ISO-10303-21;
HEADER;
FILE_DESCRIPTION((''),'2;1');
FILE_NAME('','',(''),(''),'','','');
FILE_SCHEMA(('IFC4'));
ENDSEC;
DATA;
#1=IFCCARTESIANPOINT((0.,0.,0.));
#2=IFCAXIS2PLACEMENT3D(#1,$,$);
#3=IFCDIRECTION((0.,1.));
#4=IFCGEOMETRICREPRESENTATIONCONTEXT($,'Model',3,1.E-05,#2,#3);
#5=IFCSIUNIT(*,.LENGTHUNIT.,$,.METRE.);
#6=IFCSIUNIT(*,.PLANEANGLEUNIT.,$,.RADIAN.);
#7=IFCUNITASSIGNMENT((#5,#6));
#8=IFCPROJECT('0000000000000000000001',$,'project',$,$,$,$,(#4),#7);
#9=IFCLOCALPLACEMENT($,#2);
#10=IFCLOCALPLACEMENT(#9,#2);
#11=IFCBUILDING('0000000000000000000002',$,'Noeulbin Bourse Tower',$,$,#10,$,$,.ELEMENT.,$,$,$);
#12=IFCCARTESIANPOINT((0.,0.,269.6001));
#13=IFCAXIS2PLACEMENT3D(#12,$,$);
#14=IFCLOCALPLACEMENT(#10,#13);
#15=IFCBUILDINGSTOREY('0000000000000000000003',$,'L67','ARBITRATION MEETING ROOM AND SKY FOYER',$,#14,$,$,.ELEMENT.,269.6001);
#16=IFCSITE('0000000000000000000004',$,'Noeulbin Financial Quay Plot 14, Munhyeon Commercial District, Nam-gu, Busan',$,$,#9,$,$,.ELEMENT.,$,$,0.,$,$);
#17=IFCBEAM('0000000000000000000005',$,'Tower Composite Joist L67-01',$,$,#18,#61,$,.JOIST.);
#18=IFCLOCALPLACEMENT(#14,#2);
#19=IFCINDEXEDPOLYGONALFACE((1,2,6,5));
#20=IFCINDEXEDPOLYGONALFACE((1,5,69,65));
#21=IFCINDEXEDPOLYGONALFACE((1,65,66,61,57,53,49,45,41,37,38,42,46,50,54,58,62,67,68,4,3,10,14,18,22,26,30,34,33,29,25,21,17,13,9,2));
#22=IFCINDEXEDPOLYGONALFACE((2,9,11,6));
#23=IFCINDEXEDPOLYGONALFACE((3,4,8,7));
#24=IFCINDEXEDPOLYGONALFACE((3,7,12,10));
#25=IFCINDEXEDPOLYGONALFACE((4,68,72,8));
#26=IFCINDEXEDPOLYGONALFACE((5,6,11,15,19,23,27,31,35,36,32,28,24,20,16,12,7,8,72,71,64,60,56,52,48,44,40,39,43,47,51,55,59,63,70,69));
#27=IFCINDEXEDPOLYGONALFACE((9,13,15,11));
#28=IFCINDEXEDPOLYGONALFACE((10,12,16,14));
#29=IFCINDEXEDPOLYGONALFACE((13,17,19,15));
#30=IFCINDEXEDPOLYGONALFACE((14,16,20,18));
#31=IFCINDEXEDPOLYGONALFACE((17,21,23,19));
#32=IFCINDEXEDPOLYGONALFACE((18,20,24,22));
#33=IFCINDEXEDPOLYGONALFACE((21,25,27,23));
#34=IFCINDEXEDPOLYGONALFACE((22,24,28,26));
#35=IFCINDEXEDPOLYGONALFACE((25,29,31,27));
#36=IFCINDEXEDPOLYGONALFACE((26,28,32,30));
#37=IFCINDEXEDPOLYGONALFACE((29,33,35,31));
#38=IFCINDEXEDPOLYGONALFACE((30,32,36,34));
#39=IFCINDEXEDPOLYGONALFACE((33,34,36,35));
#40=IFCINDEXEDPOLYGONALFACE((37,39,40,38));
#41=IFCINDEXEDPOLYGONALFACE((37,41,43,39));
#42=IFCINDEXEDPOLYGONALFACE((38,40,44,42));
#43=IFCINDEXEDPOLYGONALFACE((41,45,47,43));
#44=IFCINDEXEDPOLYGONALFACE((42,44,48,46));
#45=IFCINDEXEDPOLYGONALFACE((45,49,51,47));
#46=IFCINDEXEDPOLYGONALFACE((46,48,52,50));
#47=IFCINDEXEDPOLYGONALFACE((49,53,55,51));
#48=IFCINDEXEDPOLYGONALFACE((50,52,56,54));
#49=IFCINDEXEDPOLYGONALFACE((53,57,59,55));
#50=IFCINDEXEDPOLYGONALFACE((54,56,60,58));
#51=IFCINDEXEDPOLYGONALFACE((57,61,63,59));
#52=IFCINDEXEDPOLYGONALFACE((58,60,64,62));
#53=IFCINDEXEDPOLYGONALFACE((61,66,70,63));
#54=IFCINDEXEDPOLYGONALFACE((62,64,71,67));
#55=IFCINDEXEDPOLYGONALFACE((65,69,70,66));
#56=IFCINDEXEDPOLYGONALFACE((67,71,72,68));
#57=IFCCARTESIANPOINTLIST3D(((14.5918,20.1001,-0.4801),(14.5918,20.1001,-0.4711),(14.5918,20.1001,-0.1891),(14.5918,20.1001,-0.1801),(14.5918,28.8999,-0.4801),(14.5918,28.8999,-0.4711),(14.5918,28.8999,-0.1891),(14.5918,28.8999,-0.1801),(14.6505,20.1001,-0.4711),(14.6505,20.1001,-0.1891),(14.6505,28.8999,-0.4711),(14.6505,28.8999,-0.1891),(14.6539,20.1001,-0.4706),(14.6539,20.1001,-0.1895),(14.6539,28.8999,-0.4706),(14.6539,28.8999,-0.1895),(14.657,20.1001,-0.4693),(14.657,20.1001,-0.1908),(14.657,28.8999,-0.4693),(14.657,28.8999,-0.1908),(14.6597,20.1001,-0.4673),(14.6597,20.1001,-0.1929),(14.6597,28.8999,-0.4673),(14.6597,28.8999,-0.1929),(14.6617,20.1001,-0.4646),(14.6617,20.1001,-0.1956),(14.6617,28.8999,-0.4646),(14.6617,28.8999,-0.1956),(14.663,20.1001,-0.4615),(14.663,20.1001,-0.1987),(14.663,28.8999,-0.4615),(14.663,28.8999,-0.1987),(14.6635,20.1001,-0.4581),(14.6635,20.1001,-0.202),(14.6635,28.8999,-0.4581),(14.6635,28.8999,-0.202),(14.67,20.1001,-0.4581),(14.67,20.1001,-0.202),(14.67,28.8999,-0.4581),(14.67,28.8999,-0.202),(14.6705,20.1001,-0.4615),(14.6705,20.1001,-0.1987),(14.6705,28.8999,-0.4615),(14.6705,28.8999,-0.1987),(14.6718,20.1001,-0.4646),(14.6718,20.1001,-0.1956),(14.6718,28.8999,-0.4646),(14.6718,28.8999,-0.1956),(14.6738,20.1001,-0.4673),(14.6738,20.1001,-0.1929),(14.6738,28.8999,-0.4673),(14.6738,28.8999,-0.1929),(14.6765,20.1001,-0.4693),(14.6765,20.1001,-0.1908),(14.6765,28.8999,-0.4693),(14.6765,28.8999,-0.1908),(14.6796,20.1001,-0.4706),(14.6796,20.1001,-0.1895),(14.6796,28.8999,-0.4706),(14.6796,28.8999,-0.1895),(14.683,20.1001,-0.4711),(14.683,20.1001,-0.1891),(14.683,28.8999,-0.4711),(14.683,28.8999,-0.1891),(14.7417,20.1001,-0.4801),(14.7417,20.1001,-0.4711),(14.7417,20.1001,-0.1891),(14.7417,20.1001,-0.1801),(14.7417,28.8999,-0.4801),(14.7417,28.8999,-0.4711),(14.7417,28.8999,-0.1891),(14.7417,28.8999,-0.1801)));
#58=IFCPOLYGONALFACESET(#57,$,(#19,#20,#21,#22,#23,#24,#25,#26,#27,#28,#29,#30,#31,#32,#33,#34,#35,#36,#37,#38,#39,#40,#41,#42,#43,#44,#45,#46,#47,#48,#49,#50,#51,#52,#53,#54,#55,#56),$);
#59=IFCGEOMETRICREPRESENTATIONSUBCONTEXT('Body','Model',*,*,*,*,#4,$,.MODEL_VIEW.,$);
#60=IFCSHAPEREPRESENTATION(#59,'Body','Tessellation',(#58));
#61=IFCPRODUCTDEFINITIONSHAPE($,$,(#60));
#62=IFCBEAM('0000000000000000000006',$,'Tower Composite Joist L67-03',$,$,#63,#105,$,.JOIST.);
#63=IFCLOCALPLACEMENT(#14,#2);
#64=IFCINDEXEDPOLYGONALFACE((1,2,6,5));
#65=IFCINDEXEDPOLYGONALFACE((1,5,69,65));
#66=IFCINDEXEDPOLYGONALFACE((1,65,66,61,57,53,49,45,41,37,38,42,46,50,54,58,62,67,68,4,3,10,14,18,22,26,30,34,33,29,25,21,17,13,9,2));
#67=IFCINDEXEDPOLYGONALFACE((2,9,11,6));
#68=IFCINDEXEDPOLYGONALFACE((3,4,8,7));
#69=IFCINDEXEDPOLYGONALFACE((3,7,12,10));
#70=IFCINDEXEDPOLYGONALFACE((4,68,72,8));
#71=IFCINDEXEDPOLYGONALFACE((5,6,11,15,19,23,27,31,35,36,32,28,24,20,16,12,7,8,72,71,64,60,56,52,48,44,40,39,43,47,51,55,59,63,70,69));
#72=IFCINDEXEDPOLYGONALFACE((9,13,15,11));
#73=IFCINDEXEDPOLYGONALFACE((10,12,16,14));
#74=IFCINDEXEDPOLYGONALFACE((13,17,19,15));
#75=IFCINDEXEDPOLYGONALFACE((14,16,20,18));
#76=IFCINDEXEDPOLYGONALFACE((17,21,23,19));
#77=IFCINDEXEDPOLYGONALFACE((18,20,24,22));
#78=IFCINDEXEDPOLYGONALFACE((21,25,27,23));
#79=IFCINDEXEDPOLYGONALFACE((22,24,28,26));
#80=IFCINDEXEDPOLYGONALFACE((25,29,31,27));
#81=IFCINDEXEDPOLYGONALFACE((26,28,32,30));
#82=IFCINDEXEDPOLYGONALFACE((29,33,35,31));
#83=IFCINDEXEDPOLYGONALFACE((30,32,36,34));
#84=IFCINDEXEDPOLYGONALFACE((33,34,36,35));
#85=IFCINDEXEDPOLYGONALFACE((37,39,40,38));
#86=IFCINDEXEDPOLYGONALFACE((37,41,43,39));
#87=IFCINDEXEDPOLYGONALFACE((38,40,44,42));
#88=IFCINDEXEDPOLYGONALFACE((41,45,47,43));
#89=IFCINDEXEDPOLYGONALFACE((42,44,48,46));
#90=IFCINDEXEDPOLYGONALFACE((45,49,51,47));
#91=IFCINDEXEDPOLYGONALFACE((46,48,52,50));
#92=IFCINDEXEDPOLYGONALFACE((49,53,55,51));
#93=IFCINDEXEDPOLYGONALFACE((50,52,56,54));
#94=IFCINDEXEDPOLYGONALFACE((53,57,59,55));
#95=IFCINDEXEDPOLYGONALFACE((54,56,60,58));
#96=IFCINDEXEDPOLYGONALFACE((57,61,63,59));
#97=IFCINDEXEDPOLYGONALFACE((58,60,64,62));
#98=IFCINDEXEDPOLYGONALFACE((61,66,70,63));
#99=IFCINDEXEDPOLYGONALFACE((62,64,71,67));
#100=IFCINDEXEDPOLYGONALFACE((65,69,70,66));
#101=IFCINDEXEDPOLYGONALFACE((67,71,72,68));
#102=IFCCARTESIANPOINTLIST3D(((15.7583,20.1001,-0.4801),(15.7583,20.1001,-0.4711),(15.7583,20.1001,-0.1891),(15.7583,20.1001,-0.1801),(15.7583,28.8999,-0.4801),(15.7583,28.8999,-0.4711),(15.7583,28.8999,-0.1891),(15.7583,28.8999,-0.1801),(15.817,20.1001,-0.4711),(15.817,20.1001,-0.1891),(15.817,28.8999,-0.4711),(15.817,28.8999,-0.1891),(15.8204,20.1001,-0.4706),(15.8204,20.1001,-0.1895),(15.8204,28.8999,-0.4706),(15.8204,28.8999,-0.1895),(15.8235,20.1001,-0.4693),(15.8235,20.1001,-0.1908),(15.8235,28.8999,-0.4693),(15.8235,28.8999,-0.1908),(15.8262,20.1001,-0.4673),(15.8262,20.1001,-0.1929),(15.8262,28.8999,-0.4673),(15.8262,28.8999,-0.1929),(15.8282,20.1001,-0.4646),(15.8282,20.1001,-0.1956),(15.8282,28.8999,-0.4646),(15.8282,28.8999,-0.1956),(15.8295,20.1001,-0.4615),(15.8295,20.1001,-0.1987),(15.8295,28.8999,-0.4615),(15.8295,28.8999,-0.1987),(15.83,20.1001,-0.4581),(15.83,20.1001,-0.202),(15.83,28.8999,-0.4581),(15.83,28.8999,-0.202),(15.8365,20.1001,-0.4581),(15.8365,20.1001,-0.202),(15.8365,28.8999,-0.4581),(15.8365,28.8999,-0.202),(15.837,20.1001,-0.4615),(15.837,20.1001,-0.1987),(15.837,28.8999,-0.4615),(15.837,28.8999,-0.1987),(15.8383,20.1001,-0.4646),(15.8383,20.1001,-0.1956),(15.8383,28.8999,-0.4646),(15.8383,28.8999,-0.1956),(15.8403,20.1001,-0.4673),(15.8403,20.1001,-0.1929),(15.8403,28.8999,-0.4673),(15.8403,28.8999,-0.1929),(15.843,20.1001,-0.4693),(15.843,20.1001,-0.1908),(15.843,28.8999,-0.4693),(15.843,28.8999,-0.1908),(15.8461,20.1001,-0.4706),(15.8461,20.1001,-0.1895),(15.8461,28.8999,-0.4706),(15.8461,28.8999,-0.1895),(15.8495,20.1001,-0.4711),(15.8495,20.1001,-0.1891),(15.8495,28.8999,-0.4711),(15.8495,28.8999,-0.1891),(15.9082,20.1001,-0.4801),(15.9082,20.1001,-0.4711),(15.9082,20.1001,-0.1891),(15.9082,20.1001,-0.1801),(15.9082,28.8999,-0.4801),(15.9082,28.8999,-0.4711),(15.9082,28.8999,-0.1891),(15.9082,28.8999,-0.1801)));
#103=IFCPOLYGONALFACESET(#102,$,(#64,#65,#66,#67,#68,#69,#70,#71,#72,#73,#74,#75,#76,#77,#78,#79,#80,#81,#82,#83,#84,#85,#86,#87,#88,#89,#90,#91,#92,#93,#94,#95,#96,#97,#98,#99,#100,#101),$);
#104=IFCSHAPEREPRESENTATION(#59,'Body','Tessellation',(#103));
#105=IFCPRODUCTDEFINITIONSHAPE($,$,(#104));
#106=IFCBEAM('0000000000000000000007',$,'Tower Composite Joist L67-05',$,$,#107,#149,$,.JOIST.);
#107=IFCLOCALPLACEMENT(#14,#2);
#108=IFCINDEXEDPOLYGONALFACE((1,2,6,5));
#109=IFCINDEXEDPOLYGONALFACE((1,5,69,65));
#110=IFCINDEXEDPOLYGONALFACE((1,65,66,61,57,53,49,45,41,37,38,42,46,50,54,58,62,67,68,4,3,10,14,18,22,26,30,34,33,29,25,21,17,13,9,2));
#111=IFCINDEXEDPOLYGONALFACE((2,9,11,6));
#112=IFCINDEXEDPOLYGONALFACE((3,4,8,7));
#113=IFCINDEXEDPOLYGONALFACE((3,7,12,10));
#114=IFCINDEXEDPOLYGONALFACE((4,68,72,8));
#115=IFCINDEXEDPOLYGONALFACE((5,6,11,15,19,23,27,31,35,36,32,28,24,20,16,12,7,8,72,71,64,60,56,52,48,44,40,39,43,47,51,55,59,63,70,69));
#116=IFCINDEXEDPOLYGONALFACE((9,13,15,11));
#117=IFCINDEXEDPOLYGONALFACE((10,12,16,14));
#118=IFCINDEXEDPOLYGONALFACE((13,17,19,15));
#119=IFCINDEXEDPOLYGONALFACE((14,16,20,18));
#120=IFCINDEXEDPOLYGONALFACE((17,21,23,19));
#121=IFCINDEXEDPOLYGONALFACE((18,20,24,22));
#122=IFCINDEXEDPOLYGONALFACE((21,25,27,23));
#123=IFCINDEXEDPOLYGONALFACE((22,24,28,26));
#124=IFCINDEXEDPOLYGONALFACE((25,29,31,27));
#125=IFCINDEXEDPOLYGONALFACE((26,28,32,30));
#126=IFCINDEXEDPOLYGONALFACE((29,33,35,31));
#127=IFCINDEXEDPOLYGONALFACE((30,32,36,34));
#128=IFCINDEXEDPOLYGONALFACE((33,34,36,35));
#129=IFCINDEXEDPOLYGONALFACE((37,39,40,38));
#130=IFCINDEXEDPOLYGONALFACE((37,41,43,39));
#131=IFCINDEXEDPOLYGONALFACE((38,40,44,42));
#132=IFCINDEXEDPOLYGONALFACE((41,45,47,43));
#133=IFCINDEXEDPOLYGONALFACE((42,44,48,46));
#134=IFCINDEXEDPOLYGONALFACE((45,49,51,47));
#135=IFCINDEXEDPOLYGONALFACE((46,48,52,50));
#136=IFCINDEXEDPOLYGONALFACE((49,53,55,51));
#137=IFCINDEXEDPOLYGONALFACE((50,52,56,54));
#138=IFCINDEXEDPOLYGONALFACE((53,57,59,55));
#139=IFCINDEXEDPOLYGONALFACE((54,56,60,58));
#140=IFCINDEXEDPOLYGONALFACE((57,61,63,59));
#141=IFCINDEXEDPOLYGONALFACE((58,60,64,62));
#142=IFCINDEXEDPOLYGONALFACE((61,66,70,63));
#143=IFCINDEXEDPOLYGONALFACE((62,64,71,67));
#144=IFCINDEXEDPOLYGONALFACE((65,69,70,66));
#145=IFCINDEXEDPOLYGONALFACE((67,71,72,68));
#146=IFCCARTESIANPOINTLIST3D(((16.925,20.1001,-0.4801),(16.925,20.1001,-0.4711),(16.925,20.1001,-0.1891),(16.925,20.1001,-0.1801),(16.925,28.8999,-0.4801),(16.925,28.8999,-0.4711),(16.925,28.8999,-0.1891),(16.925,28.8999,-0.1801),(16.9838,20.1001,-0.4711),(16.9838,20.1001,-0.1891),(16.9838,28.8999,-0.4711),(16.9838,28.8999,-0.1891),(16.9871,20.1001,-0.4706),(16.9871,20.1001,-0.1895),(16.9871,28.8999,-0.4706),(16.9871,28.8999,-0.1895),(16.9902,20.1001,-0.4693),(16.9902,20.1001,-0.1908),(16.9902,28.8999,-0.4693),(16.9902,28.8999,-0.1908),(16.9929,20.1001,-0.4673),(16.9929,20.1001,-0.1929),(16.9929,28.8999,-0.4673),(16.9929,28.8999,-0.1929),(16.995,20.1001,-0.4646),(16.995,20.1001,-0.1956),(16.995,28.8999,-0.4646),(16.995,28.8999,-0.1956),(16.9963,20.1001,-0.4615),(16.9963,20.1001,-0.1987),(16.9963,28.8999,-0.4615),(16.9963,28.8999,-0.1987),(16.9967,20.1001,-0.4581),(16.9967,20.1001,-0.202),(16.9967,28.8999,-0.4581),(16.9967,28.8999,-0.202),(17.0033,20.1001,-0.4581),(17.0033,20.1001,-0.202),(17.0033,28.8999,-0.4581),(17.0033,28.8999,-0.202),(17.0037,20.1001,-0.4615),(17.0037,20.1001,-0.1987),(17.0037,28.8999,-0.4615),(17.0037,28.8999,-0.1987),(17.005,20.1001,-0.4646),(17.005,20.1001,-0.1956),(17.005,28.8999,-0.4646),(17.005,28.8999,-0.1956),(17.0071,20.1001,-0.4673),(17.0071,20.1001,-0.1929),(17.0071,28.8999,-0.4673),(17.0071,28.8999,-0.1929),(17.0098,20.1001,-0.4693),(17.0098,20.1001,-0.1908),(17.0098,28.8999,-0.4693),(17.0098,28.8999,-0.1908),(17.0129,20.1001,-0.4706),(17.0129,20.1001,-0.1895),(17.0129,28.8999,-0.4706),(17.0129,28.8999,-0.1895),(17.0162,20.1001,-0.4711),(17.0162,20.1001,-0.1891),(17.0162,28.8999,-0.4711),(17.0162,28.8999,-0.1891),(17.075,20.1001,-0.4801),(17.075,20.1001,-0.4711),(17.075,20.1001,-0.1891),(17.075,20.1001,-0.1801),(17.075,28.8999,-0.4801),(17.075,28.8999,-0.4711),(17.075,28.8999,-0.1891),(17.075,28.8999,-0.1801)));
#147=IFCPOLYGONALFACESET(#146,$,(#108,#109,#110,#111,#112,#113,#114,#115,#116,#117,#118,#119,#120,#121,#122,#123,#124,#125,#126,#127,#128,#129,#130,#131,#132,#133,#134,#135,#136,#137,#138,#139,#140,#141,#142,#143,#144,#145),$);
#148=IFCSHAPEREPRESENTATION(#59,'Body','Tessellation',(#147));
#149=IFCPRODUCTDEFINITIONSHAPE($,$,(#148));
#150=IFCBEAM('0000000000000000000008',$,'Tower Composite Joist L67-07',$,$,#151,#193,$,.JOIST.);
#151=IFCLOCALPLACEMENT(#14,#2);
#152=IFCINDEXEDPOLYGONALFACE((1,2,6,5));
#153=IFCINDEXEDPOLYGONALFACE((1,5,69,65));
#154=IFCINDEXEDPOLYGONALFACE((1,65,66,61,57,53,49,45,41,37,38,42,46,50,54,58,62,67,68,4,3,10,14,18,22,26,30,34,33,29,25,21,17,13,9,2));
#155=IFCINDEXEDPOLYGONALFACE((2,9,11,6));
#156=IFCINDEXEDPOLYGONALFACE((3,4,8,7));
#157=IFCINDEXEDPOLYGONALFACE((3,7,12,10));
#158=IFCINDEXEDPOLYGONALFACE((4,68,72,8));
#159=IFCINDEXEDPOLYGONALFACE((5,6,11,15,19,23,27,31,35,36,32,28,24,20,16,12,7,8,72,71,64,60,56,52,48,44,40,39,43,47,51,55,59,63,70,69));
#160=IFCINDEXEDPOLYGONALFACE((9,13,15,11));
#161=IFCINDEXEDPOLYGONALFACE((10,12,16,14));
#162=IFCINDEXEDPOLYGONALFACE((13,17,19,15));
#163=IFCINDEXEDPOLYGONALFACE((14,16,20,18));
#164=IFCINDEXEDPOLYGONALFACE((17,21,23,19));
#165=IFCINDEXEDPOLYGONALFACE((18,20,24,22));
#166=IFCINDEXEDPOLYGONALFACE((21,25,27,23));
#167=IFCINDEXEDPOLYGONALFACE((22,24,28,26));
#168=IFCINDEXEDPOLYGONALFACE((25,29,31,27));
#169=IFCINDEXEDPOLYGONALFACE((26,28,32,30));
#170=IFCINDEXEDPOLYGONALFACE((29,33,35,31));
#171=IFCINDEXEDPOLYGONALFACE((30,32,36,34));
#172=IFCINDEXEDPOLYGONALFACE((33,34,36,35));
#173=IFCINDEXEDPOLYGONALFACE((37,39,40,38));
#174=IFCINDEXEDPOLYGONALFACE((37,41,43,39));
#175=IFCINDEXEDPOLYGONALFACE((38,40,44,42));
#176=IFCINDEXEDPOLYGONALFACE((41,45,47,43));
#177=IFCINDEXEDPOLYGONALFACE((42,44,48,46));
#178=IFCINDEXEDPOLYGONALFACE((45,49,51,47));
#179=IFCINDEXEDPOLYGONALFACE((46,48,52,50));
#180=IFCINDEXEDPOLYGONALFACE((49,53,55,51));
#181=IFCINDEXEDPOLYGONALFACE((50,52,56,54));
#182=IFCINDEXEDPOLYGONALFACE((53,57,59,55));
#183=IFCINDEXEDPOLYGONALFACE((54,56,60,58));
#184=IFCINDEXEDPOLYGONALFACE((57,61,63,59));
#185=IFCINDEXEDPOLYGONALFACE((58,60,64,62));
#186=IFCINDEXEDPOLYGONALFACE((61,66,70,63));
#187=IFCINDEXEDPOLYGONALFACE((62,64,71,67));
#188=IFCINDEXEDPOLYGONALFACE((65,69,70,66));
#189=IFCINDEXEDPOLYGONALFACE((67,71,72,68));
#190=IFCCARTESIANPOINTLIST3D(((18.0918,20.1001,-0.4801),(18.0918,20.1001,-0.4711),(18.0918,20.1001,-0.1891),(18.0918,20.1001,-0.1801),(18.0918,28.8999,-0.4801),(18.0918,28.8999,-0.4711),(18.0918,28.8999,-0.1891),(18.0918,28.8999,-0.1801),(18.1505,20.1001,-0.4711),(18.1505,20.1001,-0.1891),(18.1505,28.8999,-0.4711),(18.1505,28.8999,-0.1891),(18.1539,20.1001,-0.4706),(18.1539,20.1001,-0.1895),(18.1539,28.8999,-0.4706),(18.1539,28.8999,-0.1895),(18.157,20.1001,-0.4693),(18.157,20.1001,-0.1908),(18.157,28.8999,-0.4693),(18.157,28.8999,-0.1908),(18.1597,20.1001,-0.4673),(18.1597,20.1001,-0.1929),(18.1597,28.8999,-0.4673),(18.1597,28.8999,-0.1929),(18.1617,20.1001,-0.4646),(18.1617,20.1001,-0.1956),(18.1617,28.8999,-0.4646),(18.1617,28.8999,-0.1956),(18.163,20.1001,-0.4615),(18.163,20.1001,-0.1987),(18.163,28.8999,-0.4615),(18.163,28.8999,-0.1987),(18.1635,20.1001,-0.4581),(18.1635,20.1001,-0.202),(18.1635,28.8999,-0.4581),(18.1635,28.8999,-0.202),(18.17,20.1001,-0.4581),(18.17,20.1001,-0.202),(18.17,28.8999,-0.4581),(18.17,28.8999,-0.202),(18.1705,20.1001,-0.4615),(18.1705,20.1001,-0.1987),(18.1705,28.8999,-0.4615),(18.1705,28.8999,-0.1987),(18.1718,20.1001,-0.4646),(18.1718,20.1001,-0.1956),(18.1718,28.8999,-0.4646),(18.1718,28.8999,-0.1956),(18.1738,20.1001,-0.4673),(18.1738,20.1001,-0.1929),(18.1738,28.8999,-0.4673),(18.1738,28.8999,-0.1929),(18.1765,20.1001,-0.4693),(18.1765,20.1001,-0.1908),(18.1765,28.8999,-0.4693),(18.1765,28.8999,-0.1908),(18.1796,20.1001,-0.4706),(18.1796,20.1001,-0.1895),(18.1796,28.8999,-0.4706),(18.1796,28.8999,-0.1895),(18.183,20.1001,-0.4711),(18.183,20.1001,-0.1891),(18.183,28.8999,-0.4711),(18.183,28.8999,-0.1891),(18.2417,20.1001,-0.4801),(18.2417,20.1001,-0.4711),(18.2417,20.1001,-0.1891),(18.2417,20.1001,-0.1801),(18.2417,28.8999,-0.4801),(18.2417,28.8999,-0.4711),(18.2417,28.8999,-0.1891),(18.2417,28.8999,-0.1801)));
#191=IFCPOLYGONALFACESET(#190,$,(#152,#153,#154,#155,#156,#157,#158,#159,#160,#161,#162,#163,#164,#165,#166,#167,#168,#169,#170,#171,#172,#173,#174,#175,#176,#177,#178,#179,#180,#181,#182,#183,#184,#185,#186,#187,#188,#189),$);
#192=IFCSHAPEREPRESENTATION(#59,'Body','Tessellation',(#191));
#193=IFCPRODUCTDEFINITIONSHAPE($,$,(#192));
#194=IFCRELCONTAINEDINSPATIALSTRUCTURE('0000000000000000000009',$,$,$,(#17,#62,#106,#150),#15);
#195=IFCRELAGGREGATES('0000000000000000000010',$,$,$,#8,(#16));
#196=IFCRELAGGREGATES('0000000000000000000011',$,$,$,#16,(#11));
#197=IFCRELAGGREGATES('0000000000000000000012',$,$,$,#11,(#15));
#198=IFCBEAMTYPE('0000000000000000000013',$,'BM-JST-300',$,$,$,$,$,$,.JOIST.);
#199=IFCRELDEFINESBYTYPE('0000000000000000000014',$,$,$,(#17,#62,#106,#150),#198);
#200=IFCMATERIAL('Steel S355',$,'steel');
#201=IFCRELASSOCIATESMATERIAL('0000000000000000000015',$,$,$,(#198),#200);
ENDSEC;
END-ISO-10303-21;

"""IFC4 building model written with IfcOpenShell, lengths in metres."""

from ifc_helpers import new_model, si_unit, direction, frame, origin, origin_2d, place, context, subcontext, project, spatial, i_section, extrude, material, material_profile, profile_set, type_object, element, save


model = new_model("IFC4")

# Units and contexts
model_context = context("Model", 3, precision=1e-05, world=origin(), true_north=direction((0.0, 1.0)))
body_context = subcontext(model_context, "Body", "Model", "MODEL_VIEW")
ifc_project = project(units=[si_unit("LENGTHUNIT", "METRE"), si_unit("PLANEANGLEUNIT", "RADIAN")], contexts=[model_context])

# Site, building, storey
site_placement = place(None, origin())
site = spatial("IfcSite", under=ifc_project, at=site_placement, Name="Noeulbin Financial Quay Plot 14, Munhyeon Commercial District, Nam-gu, Busan", CompositionType="ELEMENT", RefElevation=0.0)
building_placement = place(site_placement, origin())
building = spatial("IfcBuilding", under=site, at=building_placement, Name="Noeulbin Bourse Tower", CompositionType="ELEMENT")
storey_placement = place(building_placement, frame((0.0, 0.0, 269.6001)))
storey = spatial("IfcBuildingStorey", under=building, at=storey_placement, Name="L67", Description="ARBITRATION MEETING ROOM AND SKY FOYER", CompositionType="ELEMENT", Elevation=269.6001)

# Shared definitions
ifc_material_1 = material(Name="Steel S355", Category="steel")

# Beams
ifc_material_profile_1 = material_profile(ifc_material_1, i_section(OverallWidth=0.1499, OverallDepth=0.3, WebThickness=0.0066, FlangeThickness=0.009, FilletRadius=0.0129, at=origin_2d()), Name="H-300x150x6.5x9", Category="LoadBearing")
ifc_profile_set_1 = profile_set([ifc_material_profile_1], Name="Steel S355")
beam_type_1 = type_object("IfcBeamType", Name="BM-JST-300", PredefinedType="JOIST", material=ifc_profile_set_1)
for number, where, z_axis, x_axis, name in (
    (1, (14.6667, 20.1001, -0.3301), (0.0, 1.0, 0.0), (-1.0, 0.0, 0.0), "Tower Composite Joist L67-01"),
    (2, (15.8333, 20.1001, -0.3301), (0.0, 1.0, 0.0), (-1.0, 0.0, 0.0), "Tower Composite Joist L67-03"),
    (3, (17.0, 20.1001, -0.3301), (0.0, 1.0, 0.0), (-1.0, 0.0, 0.0), "Tower Composite Joist L67-05"),
    (4, (18.1667, 20.1001, -0.3301), (0.0, 1.0, 0.0), (-1.0, 0.0, 0.0), "Tower Composite Joist L67-07"),
):
    element("IfcBeam", number, at=place(storey_placement, frame(where, z_axis=z_axis, x_axis=x_axis)), inside=storey, type_object=beam_type_1, Name=name, PredefinedType="JOIST", context=body_context, shape_type="SweptSolid", body=[
        extrude(i_section(OverallWidth=0.1499, OverallDepth=0.3, WebThickness=0.0066, FlangeThickness=0.009, FilletRadius=0.0129, at=origin_2d()), origin(), (0.0, 0.0, 1.0), 8.7998),
    ])

save(model, "model.ifc")
